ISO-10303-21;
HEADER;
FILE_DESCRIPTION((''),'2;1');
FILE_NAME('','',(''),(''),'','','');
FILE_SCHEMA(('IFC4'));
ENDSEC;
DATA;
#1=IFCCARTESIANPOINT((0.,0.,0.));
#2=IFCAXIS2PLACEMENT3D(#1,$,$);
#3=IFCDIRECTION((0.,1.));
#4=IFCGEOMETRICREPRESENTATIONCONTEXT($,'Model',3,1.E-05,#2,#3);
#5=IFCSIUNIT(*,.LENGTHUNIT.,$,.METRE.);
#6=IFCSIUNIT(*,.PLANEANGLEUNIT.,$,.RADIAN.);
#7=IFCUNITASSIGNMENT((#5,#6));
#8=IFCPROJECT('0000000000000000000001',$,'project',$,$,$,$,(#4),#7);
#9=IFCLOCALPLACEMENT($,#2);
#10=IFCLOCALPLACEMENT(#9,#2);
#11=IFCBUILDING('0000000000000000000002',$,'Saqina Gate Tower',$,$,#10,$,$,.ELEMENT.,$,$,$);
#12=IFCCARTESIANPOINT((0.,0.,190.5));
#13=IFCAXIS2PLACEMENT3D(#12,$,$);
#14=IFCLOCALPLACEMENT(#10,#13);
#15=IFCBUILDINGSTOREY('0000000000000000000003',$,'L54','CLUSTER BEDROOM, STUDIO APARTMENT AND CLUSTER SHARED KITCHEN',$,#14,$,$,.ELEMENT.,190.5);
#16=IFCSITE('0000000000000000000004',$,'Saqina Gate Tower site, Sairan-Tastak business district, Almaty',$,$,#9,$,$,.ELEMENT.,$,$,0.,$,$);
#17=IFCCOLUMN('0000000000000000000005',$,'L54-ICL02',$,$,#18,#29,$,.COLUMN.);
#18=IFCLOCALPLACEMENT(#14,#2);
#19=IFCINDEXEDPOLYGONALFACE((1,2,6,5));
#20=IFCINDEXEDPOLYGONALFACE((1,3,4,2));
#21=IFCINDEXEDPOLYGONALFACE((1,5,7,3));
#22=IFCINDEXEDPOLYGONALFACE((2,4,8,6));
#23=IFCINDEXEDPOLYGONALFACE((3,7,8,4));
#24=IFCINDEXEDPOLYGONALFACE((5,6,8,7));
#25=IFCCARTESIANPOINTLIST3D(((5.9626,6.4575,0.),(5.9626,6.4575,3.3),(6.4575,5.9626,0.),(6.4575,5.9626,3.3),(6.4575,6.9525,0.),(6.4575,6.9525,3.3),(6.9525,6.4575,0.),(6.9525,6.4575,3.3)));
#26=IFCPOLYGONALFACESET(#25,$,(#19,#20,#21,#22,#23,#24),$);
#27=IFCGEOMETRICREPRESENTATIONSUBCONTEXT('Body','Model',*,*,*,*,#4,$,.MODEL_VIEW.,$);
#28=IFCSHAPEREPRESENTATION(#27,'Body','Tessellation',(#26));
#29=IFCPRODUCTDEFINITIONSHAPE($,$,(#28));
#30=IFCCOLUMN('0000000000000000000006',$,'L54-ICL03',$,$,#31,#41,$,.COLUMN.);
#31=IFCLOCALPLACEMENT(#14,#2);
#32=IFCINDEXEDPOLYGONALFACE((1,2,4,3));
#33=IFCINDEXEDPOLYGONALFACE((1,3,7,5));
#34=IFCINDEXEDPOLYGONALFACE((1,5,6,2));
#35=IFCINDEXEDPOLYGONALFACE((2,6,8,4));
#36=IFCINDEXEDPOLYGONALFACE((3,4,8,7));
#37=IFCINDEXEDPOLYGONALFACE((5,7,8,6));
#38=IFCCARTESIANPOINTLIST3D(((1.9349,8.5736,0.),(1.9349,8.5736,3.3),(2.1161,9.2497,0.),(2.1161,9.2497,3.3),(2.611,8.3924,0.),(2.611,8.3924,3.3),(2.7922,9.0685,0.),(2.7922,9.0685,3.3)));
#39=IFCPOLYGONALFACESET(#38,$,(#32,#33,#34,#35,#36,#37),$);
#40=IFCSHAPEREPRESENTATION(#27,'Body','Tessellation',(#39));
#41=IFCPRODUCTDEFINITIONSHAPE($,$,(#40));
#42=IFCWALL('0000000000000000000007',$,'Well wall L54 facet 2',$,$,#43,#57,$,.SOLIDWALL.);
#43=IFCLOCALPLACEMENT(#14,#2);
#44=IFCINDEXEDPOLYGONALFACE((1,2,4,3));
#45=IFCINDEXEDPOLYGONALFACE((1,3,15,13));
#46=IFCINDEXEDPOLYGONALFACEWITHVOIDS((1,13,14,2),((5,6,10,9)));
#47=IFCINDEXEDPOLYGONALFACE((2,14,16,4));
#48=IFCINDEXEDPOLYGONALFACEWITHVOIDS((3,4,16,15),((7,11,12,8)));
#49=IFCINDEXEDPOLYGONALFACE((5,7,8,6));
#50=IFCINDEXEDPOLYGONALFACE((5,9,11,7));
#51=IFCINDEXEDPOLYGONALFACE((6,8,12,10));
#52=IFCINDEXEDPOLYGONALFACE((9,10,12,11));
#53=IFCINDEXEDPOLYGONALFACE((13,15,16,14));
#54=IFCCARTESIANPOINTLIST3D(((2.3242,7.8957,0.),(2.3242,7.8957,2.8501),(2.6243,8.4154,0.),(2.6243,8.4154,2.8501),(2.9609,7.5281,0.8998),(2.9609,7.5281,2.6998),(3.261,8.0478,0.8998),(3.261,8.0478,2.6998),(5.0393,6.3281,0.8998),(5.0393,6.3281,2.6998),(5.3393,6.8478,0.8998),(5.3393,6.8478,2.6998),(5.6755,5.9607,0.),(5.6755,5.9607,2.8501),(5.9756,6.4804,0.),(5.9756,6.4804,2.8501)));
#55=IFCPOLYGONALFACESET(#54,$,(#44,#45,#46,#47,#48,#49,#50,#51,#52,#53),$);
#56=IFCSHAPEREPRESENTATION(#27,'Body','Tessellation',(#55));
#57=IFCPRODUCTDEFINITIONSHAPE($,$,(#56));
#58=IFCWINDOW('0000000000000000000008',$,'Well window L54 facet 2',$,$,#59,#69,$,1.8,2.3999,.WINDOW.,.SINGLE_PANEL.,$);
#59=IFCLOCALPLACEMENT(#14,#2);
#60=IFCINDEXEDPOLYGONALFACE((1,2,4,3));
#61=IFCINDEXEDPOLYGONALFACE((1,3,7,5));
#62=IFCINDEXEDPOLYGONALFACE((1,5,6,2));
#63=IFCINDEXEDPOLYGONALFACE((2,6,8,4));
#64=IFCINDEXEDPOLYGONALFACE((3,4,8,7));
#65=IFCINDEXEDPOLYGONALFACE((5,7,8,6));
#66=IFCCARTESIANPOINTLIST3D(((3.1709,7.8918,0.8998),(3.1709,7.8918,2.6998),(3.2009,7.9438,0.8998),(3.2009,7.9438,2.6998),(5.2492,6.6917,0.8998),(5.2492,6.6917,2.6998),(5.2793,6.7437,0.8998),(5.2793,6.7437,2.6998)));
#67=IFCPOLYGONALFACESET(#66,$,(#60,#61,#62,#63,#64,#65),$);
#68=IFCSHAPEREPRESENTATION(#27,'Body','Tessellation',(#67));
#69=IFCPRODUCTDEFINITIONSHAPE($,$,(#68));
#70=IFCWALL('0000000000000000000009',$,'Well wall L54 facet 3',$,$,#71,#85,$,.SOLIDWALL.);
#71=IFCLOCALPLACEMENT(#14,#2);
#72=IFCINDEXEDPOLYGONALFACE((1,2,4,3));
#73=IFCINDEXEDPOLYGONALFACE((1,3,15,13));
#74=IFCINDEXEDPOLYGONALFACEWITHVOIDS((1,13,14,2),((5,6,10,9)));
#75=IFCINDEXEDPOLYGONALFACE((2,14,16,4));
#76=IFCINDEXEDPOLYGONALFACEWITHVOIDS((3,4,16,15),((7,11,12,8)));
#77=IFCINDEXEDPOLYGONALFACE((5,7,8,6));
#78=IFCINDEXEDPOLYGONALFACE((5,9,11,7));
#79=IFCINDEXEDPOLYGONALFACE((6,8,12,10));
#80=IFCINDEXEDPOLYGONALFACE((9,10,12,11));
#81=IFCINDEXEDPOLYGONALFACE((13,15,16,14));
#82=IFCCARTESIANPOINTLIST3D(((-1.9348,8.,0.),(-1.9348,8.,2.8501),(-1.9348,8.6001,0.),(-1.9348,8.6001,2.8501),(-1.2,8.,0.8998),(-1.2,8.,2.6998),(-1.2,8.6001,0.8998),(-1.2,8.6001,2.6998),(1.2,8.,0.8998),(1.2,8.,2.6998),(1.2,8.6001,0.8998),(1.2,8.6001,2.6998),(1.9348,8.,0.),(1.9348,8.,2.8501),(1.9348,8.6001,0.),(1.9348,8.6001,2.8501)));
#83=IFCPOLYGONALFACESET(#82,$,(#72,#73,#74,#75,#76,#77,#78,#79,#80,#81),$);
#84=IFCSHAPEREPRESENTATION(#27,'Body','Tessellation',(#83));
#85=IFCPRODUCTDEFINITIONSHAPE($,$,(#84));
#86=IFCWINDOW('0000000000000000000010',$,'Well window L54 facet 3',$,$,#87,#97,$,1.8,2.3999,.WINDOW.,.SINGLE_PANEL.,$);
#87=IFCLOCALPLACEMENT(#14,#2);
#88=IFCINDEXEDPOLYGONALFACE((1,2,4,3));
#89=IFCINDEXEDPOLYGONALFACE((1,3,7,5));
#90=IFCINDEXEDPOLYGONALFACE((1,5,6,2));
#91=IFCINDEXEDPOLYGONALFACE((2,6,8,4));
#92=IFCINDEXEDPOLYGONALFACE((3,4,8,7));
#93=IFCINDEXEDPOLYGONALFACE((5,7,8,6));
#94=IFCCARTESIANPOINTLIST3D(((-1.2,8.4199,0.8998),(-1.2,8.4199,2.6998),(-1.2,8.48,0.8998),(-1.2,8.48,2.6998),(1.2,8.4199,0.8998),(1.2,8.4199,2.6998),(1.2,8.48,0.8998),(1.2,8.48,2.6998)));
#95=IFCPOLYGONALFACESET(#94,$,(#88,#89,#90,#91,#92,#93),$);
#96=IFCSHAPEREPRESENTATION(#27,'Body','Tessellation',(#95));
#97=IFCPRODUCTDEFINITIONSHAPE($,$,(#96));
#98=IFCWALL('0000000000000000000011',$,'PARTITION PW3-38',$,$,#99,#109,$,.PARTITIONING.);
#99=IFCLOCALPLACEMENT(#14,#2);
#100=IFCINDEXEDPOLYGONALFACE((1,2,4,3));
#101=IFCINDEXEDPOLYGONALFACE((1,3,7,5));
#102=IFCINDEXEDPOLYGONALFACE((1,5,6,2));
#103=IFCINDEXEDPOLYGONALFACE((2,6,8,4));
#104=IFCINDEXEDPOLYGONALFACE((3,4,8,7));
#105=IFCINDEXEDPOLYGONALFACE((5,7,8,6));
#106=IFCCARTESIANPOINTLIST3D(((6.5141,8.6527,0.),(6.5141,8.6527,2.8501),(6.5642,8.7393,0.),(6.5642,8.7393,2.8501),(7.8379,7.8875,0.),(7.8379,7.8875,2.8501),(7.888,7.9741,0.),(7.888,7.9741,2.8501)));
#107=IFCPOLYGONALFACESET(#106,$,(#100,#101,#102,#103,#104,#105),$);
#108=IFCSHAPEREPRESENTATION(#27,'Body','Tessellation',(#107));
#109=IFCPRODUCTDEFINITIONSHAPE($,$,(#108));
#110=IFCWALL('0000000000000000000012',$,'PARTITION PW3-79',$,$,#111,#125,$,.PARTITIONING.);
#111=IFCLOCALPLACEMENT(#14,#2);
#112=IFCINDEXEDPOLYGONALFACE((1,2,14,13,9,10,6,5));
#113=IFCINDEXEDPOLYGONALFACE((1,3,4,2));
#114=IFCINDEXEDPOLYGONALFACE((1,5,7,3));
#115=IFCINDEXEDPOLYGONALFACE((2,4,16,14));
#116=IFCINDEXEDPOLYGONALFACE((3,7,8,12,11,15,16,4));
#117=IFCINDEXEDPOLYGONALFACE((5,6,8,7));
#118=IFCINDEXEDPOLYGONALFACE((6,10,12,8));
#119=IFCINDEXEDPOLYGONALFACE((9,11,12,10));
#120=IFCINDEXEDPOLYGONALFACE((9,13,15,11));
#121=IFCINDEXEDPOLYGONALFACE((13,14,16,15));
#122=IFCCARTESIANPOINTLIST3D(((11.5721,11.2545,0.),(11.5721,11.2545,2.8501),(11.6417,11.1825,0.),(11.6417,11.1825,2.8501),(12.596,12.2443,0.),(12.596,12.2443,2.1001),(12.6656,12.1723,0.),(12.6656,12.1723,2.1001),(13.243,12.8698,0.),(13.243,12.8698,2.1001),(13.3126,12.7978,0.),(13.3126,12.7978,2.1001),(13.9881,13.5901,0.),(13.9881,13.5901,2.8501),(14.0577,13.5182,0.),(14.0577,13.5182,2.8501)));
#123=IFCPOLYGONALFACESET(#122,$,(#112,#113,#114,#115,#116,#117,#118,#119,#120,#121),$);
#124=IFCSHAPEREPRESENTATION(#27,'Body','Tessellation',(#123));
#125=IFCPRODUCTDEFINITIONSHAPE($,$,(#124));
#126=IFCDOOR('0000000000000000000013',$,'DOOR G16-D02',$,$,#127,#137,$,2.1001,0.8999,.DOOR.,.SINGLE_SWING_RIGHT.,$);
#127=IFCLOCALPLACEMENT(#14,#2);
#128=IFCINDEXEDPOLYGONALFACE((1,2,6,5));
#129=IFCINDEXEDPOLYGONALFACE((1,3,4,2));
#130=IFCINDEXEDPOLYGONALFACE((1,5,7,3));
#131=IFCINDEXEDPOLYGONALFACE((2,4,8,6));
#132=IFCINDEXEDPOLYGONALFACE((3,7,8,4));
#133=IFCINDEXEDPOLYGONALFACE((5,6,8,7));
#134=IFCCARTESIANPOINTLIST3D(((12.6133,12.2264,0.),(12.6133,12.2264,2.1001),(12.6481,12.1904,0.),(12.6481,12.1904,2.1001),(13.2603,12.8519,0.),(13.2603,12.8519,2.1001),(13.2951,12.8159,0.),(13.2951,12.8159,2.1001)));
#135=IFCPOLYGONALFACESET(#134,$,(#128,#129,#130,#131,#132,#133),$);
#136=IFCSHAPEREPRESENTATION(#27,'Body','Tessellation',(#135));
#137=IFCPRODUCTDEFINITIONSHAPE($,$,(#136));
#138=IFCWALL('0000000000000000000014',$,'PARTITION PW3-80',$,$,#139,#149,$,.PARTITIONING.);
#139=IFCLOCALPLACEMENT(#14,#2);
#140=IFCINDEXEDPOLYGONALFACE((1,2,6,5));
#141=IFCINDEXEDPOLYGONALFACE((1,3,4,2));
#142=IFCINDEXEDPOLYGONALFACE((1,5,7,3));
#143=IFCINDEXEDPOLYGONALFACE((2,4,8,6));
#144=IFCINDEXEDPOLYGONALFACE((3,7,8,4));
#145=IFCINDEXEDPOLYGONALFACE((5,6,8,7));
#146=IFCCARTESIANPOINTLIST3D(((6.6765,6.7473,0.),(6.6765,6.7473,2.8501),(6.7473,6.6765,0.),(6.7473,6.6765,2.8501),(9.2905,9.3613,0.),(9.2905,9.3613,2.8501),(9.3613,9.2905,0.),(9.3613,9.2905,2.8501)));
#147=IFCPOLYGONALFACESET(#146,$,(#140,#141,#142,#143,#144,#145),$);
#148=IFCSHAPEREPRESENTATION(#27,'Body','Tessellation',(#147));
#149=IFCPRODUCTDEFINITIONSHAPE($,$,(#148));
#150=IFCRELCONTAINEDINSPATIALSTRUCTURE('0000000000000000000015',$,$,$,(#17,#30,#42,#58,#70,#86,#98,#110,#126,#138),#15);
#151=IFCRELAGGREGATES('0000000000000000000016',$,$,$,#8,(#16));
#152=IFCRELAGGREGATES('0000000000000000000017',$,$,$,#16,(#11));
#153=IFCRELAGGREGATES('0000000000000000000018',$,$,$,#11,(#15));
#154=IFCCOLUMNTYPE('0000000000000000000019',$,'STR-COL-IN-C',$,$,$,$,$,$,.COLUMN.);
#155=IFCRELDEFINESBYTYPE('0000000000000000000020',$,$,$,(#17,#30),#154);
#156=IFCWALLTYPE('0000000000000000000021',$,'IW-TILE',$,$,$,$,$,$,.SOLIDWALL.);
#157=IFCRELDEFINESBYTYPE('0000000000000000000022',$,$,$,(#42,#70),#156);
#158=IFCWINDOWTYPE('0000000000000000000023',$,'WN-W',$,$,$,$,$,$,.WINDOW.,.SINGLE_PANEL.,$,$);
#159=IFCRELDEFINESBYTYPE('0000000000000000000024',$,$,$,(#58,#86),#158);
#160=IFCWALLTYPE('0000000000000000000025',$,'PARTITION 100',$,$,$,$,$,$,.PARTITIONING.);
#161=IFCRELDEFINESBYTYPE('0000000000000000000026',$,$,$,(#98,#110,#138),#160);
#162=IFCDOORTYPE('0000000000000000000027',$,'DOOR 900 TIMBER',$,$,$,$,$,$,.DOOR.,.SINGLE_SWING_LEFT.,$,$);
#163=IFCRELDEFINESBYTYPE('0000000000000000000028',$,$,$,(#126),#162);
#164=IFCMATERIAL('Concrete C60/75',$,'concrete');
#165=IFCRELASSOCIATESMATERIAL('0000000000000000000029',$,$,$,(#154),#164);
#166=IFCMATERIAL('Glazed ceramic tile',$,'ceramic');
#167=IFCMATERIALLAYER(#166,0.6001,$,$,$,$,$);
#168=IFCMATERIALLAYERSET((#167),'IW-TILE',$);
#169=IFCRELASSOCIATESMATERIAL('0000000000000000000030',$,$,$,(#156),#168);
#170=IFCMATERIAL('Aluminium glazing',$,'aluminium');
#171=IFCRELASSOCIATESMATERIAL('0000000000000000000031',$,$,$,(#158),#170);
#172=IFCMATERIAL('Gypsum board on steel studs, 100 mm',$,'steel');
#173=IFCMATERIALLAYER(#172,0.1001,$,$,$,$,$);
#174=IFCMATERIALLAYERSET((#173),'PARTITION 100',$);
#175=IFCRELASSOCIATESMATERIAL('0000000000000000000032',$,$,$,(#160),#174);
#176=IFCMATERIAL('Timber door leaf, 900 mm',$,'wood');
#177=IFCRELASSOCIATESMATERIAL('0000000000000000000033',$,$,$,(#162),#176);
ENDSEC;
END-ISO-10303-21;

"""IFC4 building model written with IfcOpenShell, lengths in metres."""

from ifc_helpers import new_model, si_unit, direction, frame, frame_2d, origin, origin_2d, place, context, subcontext, project, spatial, rectangle, extrude, material, layer, layer_set, material_profile, profile_set, type_object, element, fill, save


model = new_model("IFC4")

# Units and contexts
model_context = context("Model", 3, precision=1e-05, world=origin(), true_north=direction((0.0, 1.0)))
body_context = subcontext(model_context, "Body", "Model", "MODEL_VIEW")
ifc_project = project(units=[si_unit("LENGTHUNIT", "METRE"), si_unit("PLANEANGLEUNIT", "RADIAN")], contexts=[model_context])

# Site, building, storey
site_placement = place(None, origin())
site = spatial("IfcSite", under=ifc_project, at=site_placement, Name="Saqina Gate Tower site, Sairan-Tastak business district, Almaty", CompositionType="ELEMENT", RefElevation=0.0)
building_placement = place(site_placement, origin())
building = spatial("IfcBuilding", under=site, at=building_placement, Name="Saqina Gate Tower", CompositionType="ELEMENT")
storey_placement = place(building_placement, frame((0.0, 0.0, 190.5)))
storey = spatial("IfcBuildingStorey", under=building, at=storey_placement, Name="L54", Description="CLUSTER BEDROOM, STUDIO APARTMENT AND CLUSTER SHARED KITCHEN", CompositionType="ELEMENT", Elevation=190.5)

# Columns
ifc_material_1 = material(Name="Concrete C60/75", Category="concrete")
ifc_material_profile = material_profile(ifc_material_1, rectangle(XDim=0.7, YDim=0.7, at=origin_2d()), Name="RC 700x700")
ifc_profile_set = profile_set([ifc_material_profile], Name="Concrete C60/75")
column_type = type_object("IfcColumnType", Name="STR-COL-IN-C", PredefinedType="COLUMN", material=ifc_profile_set)
for number, where, z_axis, x_axis, name in (
    (1, (6.4575, 6.4575, 0.0), (0.0, 0.0, 1.0), (0.707107, 0.707107, 0.0), "L54-ICL02"),
    (2, (2.3635, 8.821, 0.0), (0.0, 0.0, 1.0), (0.258819, 0.965926, 0.0), "L54-ICL03"),
):
    element("IfcColumn", number, at=place(storey_placement, frame(where, z_axis=z_axis, x_axis=x_axis)), inside=storey, type_object=column_type, Name=name, PredefinedType="COLUMN", context=body_context, shape_type="SweptSolid", body=[
        extrude(rectangle(XDim=0.7, YDim=0.7, at=origin_2d()), origin(), (0.0, 0.0, 1.0), 3.3),
    ])

# Walls, openings, windows
ifc_material_2 = material(Name="Glazed ceramic tile", Category="ceramic")
ifc_layer_1 = layer(ifc_material_2, 0.6001)
ifc_layer_set_1 = layer_set([ifc_layer_1], Name="IW-TILE")
wall_type_1 = type_object("IfcWallType", Name="IW-TILE", PredefinedType="SOLIDWALL", material=ifc_layer_set_1)
wall_1_placement = place(storey_placement, frame((5.8257, 6.2205, 0.0), z_axis=(0.0, 0.0, 1.0), x_axis=(-0.866006, 0.500034, 0.0)))
wall_1 = element("IfcWall", 3, at=wall_1_placement, inside=storey, type_object=wall_type_1, Name="Well wall L54 facet 2", PredefinedType="SOLIDWALL", context=body_context, shape_type="SweptSolid", body=[
    extrude(rectangle(XDim=3.8699, YDim=0.6001, at=frame_2d((1.9351, 0.0))), origin(), (0.0, 0.0, 1.0), 2.8501),
])
opening_1_placement = place(wall_1_placement, frame((0.7349, 0.0, 0.8999)))
opening_1 = element("IfcOpeningElement", 4, at=opening_1_placement, cuts=wall_1, PredefinedType="OPENING", context=body_context, shape_type="SweptSolid", body=[
    extrude(rectangle(XDim=2.3999, YDim=1.8, at=frame_2d((1.2, 0.8999))), frame((0.0, 0.312, 0.0), z_axis=(0.0, -1.0, 0.0), x_axis=(1.0, 0.0, 0.0)), (0.0, 0.0, 1.0), 0.624),
])
ifc_material_3 = material(Name="Aluminium glazing", Category="aluminium")
window_type = type_object("IfcWindowType", Name="WN-W", PartitioningType="SINGLE_PANEL", PredefinedType="WINDOW", material=ifc_material_3)
window_1_placement = place(opening_1_placement, origin())
window_1 = element("IfcWindow", 5, at=window_1_placement, inside=storey, type_object=window_type, Name="Well window L54 facet 2", OverallHeight=1.8, OverallWidth=2.3999, PartitioningType="SINGLE_PANEL", PredefinedType="WINDOW", context=body_context, shape_type="SweptSolid", body=[
    extrude(rectangle(XDim=2.3999, YDim=1.8, at=frame_2d((1.2, 0.8999))), frame((0.0, -0.1199, 0.0), z_axis=(0.0, -1.0, 0.0), x_axis=(1.0, 0.0, 0.0)), (0.0, 0.0, 1.0), 0.0601),
])
fill(opening_1, window_1)
wall_2_placement = place(storey_placement, frame((1.9348, 8.3, 0.0), z_axis=(0.0, 0.0, 1.0), x_axis=(-1.0, 0.0, 0.0)))
wall_2 = element("IfcWall", 6, at=wall_2_placement, inside=storey, type_object=wall_type_1, Name="Well wall L54 facet 3", PredefinedType="SOLIDWALL", context=body_context, shape_type="SweptSolid", body=[
    extrude(rectangle(XDim=3.8696, YDim=0.6001, at=frame_2d((1.9348, 0.0))), origin(), (0.0, 0.0, 1.0), 2.8501),
])
opening_2_placement = place(wall_2_placement, frame((0.7349, 0.0, 0.8999)))
opening_2 = element("IfcOpeningElement", 7, at=opening_2_placement, cuts=wall_2, PredefinedType="OPENING", context=body_context, shape_type="SweptSolid", body=[
    extrude(rectangle(XDim=2.3999, YDim=1.8, at=frame_2d((1.2, 0.8999))), frame((0.0, 0.312, 0.0), z_axis=(0.0, -1.0, 0.0), x_axis=(1.0, 0.0, 0.0)), (0.0, 0.0, 1.0), 0.624),
])
window_2_placement = place(opening_2_placement, origin())
window_2 = element("IfcWindow", 8, at=window_2_placement, inside=storey, type_object=window_type, Name="Well window L54 facet 3", OverallHeight=1.8, OverallWidth=2.3999, PartitioningType="SINGLE_PANEL", PredefinedType="WINDOW", context=body_context, shape_type="SweptSolid", body=[
    extrude(rectangle(XDim=2.3999, YDim=1.8, at=frame_2d((1.2, 0.8999))), frame((0.0, -0.1199, 0.0), z_axis=(0.0, -1.0, 0.0), x_axis=(1.0, 0.0, 0.0)), (0.0, 0.0, 1.0), 0.0601),
])
fill(opening_2, window_2)

# Wall
ifc_material_4 = material(Name="Gypsum board on steel studs, 100 mm", Category="steel")
ifc_layer_2 = layer(ifc_material_4, 0.1001)
ifc_layer_set_2 = layer_set([ifc_layer_2], Name="PARTITION 100")
wall_type_2 = type_object("IfcWallType", Name="PARTITION 100", PredefinedType="PARTITIONING", material=ifc_layer_set_2)
wall_3_placement = place(storey_placement, frame((6.5391, 8.696, 0.0), z_axis=(0.0, 0.0, 1.0), x_axis=(0.865776, -0.500432, 0.0)))
element("IfcWall", 9, at=wall_3_placement, inside=storey, type_object=wall_type_2, Name="PARTITION PW3-38", PredefinedType="PARTITIONING", context=body_context, shape_type="SweptSolid", body=[
    extrude(rectangle(XDim=1.5291, YDim=0.1001, at=frame_2d((0.7646, 0.0))), origin(), (0.0, 0.0, 1.0), 2.8501),
])

# Wall, opening, door
wall_4_placement = place(storey_placement, frame((11.6069, 11.2185, 0.0), z_axis=(0.0, 0.0, 1.0), x_axis=(0.718957, 0.695055, 0.0)))
wall_4 = element("IfcWall", 10, at=wall_4_placement, inside=storey, type_object=wall_type_2, Name="PARTITION PW3-79", PredefinedType="PARTITIONING", context=body_context, shape_type="SweptSolid", body=[
    extrude(rectangle(XDim=3.3604, YDim=0.1001, at=frame_2d((1.6802, 0.0))), origin(), (0.0, 0.0, 1.0), 2.8501),
])
opening_3_placement = place(wall_4_placement, frame((1.4241, 0.0, 0.0)))
opening_3 = element("IfcOpeningElement", 11, at=opening_3_placement, cuts=wall_4, PredefinedType="OPENING", context=body_context, shape_type="SweptSolid", body=[
    extrude(rectangle(XDim=0.8999, YDim=2.1001, at=frame_2d((0.45, 1.05))), frame((0.0, 0.062, 0.0), z_axis=(0.0, -1.0, 0.0), x_axis=(1.0, 0.0, 0.0)), (0.0, 0.0, 1.0), 0.124),
])
ifc_material_5 = material(Name="Timber door leaf, 900 mm", Category="wood")
door_type_1 = type_object("IfcDoorType", Name="DOOR 900 TIMBER", OperationType="SINGLE_SWING_LEFT", PredefinedType="DOOR", material=ifc_material_5)
door_1_placement = place(opening_3_placement, frame((0.8999, 0.0, 0.0), z_axis=(0.0, 0.0, 1.0), x_axis=(-1.0, 0.0, 0.0)))
door_1 = element("IfcDoor", 12, at=door_1_placement, inside=storey, type_object=door_type_1, Name="DOOR G16-D02", OperationType="SINGLE_SWING_RIGHT", OverallHeight=2.1001, OverallWidth=0.8999, PredefinedType="DOOR", context=body_context, shape_type="SweptSolid", body=[
    extrude(rectangle(XDim=0.8999, YDim=2.1001, at=frame_2d((0.45, 1.05))), frame((0.0, 0.0249, 0.0), z_axis=(0.0, -1.0, 0.0), x_axis=(1.0, 0.0, 0.0)), (0.0, 0.0, 1.0), 0.05),
])
fill(opening_3, door_1)

# Wall
wall_5_placement = place(storey_placement, frame((6.7119, 6.7119, 0.0), z_axis=(0.0, 0.0, 1.0), x_axis=(0.707107, 0.707107, 0.0)))
element("IfcWall", 13, at=wall_5_placement, inside=storey, type_object=wall_type_2, Name="PARTITION PW3-80", PredefinedType="PARTITIONING", context=body_context, shape_type="SweptSolid", body=[
    extrude(rectangle(XDim=3.6968, YDim=0.1001, at=frame_2d((1.8484, 0.0))), origin(), (0.0, 0.0, 1.0), 2.8501),
])

save(model, "model.ifc")
